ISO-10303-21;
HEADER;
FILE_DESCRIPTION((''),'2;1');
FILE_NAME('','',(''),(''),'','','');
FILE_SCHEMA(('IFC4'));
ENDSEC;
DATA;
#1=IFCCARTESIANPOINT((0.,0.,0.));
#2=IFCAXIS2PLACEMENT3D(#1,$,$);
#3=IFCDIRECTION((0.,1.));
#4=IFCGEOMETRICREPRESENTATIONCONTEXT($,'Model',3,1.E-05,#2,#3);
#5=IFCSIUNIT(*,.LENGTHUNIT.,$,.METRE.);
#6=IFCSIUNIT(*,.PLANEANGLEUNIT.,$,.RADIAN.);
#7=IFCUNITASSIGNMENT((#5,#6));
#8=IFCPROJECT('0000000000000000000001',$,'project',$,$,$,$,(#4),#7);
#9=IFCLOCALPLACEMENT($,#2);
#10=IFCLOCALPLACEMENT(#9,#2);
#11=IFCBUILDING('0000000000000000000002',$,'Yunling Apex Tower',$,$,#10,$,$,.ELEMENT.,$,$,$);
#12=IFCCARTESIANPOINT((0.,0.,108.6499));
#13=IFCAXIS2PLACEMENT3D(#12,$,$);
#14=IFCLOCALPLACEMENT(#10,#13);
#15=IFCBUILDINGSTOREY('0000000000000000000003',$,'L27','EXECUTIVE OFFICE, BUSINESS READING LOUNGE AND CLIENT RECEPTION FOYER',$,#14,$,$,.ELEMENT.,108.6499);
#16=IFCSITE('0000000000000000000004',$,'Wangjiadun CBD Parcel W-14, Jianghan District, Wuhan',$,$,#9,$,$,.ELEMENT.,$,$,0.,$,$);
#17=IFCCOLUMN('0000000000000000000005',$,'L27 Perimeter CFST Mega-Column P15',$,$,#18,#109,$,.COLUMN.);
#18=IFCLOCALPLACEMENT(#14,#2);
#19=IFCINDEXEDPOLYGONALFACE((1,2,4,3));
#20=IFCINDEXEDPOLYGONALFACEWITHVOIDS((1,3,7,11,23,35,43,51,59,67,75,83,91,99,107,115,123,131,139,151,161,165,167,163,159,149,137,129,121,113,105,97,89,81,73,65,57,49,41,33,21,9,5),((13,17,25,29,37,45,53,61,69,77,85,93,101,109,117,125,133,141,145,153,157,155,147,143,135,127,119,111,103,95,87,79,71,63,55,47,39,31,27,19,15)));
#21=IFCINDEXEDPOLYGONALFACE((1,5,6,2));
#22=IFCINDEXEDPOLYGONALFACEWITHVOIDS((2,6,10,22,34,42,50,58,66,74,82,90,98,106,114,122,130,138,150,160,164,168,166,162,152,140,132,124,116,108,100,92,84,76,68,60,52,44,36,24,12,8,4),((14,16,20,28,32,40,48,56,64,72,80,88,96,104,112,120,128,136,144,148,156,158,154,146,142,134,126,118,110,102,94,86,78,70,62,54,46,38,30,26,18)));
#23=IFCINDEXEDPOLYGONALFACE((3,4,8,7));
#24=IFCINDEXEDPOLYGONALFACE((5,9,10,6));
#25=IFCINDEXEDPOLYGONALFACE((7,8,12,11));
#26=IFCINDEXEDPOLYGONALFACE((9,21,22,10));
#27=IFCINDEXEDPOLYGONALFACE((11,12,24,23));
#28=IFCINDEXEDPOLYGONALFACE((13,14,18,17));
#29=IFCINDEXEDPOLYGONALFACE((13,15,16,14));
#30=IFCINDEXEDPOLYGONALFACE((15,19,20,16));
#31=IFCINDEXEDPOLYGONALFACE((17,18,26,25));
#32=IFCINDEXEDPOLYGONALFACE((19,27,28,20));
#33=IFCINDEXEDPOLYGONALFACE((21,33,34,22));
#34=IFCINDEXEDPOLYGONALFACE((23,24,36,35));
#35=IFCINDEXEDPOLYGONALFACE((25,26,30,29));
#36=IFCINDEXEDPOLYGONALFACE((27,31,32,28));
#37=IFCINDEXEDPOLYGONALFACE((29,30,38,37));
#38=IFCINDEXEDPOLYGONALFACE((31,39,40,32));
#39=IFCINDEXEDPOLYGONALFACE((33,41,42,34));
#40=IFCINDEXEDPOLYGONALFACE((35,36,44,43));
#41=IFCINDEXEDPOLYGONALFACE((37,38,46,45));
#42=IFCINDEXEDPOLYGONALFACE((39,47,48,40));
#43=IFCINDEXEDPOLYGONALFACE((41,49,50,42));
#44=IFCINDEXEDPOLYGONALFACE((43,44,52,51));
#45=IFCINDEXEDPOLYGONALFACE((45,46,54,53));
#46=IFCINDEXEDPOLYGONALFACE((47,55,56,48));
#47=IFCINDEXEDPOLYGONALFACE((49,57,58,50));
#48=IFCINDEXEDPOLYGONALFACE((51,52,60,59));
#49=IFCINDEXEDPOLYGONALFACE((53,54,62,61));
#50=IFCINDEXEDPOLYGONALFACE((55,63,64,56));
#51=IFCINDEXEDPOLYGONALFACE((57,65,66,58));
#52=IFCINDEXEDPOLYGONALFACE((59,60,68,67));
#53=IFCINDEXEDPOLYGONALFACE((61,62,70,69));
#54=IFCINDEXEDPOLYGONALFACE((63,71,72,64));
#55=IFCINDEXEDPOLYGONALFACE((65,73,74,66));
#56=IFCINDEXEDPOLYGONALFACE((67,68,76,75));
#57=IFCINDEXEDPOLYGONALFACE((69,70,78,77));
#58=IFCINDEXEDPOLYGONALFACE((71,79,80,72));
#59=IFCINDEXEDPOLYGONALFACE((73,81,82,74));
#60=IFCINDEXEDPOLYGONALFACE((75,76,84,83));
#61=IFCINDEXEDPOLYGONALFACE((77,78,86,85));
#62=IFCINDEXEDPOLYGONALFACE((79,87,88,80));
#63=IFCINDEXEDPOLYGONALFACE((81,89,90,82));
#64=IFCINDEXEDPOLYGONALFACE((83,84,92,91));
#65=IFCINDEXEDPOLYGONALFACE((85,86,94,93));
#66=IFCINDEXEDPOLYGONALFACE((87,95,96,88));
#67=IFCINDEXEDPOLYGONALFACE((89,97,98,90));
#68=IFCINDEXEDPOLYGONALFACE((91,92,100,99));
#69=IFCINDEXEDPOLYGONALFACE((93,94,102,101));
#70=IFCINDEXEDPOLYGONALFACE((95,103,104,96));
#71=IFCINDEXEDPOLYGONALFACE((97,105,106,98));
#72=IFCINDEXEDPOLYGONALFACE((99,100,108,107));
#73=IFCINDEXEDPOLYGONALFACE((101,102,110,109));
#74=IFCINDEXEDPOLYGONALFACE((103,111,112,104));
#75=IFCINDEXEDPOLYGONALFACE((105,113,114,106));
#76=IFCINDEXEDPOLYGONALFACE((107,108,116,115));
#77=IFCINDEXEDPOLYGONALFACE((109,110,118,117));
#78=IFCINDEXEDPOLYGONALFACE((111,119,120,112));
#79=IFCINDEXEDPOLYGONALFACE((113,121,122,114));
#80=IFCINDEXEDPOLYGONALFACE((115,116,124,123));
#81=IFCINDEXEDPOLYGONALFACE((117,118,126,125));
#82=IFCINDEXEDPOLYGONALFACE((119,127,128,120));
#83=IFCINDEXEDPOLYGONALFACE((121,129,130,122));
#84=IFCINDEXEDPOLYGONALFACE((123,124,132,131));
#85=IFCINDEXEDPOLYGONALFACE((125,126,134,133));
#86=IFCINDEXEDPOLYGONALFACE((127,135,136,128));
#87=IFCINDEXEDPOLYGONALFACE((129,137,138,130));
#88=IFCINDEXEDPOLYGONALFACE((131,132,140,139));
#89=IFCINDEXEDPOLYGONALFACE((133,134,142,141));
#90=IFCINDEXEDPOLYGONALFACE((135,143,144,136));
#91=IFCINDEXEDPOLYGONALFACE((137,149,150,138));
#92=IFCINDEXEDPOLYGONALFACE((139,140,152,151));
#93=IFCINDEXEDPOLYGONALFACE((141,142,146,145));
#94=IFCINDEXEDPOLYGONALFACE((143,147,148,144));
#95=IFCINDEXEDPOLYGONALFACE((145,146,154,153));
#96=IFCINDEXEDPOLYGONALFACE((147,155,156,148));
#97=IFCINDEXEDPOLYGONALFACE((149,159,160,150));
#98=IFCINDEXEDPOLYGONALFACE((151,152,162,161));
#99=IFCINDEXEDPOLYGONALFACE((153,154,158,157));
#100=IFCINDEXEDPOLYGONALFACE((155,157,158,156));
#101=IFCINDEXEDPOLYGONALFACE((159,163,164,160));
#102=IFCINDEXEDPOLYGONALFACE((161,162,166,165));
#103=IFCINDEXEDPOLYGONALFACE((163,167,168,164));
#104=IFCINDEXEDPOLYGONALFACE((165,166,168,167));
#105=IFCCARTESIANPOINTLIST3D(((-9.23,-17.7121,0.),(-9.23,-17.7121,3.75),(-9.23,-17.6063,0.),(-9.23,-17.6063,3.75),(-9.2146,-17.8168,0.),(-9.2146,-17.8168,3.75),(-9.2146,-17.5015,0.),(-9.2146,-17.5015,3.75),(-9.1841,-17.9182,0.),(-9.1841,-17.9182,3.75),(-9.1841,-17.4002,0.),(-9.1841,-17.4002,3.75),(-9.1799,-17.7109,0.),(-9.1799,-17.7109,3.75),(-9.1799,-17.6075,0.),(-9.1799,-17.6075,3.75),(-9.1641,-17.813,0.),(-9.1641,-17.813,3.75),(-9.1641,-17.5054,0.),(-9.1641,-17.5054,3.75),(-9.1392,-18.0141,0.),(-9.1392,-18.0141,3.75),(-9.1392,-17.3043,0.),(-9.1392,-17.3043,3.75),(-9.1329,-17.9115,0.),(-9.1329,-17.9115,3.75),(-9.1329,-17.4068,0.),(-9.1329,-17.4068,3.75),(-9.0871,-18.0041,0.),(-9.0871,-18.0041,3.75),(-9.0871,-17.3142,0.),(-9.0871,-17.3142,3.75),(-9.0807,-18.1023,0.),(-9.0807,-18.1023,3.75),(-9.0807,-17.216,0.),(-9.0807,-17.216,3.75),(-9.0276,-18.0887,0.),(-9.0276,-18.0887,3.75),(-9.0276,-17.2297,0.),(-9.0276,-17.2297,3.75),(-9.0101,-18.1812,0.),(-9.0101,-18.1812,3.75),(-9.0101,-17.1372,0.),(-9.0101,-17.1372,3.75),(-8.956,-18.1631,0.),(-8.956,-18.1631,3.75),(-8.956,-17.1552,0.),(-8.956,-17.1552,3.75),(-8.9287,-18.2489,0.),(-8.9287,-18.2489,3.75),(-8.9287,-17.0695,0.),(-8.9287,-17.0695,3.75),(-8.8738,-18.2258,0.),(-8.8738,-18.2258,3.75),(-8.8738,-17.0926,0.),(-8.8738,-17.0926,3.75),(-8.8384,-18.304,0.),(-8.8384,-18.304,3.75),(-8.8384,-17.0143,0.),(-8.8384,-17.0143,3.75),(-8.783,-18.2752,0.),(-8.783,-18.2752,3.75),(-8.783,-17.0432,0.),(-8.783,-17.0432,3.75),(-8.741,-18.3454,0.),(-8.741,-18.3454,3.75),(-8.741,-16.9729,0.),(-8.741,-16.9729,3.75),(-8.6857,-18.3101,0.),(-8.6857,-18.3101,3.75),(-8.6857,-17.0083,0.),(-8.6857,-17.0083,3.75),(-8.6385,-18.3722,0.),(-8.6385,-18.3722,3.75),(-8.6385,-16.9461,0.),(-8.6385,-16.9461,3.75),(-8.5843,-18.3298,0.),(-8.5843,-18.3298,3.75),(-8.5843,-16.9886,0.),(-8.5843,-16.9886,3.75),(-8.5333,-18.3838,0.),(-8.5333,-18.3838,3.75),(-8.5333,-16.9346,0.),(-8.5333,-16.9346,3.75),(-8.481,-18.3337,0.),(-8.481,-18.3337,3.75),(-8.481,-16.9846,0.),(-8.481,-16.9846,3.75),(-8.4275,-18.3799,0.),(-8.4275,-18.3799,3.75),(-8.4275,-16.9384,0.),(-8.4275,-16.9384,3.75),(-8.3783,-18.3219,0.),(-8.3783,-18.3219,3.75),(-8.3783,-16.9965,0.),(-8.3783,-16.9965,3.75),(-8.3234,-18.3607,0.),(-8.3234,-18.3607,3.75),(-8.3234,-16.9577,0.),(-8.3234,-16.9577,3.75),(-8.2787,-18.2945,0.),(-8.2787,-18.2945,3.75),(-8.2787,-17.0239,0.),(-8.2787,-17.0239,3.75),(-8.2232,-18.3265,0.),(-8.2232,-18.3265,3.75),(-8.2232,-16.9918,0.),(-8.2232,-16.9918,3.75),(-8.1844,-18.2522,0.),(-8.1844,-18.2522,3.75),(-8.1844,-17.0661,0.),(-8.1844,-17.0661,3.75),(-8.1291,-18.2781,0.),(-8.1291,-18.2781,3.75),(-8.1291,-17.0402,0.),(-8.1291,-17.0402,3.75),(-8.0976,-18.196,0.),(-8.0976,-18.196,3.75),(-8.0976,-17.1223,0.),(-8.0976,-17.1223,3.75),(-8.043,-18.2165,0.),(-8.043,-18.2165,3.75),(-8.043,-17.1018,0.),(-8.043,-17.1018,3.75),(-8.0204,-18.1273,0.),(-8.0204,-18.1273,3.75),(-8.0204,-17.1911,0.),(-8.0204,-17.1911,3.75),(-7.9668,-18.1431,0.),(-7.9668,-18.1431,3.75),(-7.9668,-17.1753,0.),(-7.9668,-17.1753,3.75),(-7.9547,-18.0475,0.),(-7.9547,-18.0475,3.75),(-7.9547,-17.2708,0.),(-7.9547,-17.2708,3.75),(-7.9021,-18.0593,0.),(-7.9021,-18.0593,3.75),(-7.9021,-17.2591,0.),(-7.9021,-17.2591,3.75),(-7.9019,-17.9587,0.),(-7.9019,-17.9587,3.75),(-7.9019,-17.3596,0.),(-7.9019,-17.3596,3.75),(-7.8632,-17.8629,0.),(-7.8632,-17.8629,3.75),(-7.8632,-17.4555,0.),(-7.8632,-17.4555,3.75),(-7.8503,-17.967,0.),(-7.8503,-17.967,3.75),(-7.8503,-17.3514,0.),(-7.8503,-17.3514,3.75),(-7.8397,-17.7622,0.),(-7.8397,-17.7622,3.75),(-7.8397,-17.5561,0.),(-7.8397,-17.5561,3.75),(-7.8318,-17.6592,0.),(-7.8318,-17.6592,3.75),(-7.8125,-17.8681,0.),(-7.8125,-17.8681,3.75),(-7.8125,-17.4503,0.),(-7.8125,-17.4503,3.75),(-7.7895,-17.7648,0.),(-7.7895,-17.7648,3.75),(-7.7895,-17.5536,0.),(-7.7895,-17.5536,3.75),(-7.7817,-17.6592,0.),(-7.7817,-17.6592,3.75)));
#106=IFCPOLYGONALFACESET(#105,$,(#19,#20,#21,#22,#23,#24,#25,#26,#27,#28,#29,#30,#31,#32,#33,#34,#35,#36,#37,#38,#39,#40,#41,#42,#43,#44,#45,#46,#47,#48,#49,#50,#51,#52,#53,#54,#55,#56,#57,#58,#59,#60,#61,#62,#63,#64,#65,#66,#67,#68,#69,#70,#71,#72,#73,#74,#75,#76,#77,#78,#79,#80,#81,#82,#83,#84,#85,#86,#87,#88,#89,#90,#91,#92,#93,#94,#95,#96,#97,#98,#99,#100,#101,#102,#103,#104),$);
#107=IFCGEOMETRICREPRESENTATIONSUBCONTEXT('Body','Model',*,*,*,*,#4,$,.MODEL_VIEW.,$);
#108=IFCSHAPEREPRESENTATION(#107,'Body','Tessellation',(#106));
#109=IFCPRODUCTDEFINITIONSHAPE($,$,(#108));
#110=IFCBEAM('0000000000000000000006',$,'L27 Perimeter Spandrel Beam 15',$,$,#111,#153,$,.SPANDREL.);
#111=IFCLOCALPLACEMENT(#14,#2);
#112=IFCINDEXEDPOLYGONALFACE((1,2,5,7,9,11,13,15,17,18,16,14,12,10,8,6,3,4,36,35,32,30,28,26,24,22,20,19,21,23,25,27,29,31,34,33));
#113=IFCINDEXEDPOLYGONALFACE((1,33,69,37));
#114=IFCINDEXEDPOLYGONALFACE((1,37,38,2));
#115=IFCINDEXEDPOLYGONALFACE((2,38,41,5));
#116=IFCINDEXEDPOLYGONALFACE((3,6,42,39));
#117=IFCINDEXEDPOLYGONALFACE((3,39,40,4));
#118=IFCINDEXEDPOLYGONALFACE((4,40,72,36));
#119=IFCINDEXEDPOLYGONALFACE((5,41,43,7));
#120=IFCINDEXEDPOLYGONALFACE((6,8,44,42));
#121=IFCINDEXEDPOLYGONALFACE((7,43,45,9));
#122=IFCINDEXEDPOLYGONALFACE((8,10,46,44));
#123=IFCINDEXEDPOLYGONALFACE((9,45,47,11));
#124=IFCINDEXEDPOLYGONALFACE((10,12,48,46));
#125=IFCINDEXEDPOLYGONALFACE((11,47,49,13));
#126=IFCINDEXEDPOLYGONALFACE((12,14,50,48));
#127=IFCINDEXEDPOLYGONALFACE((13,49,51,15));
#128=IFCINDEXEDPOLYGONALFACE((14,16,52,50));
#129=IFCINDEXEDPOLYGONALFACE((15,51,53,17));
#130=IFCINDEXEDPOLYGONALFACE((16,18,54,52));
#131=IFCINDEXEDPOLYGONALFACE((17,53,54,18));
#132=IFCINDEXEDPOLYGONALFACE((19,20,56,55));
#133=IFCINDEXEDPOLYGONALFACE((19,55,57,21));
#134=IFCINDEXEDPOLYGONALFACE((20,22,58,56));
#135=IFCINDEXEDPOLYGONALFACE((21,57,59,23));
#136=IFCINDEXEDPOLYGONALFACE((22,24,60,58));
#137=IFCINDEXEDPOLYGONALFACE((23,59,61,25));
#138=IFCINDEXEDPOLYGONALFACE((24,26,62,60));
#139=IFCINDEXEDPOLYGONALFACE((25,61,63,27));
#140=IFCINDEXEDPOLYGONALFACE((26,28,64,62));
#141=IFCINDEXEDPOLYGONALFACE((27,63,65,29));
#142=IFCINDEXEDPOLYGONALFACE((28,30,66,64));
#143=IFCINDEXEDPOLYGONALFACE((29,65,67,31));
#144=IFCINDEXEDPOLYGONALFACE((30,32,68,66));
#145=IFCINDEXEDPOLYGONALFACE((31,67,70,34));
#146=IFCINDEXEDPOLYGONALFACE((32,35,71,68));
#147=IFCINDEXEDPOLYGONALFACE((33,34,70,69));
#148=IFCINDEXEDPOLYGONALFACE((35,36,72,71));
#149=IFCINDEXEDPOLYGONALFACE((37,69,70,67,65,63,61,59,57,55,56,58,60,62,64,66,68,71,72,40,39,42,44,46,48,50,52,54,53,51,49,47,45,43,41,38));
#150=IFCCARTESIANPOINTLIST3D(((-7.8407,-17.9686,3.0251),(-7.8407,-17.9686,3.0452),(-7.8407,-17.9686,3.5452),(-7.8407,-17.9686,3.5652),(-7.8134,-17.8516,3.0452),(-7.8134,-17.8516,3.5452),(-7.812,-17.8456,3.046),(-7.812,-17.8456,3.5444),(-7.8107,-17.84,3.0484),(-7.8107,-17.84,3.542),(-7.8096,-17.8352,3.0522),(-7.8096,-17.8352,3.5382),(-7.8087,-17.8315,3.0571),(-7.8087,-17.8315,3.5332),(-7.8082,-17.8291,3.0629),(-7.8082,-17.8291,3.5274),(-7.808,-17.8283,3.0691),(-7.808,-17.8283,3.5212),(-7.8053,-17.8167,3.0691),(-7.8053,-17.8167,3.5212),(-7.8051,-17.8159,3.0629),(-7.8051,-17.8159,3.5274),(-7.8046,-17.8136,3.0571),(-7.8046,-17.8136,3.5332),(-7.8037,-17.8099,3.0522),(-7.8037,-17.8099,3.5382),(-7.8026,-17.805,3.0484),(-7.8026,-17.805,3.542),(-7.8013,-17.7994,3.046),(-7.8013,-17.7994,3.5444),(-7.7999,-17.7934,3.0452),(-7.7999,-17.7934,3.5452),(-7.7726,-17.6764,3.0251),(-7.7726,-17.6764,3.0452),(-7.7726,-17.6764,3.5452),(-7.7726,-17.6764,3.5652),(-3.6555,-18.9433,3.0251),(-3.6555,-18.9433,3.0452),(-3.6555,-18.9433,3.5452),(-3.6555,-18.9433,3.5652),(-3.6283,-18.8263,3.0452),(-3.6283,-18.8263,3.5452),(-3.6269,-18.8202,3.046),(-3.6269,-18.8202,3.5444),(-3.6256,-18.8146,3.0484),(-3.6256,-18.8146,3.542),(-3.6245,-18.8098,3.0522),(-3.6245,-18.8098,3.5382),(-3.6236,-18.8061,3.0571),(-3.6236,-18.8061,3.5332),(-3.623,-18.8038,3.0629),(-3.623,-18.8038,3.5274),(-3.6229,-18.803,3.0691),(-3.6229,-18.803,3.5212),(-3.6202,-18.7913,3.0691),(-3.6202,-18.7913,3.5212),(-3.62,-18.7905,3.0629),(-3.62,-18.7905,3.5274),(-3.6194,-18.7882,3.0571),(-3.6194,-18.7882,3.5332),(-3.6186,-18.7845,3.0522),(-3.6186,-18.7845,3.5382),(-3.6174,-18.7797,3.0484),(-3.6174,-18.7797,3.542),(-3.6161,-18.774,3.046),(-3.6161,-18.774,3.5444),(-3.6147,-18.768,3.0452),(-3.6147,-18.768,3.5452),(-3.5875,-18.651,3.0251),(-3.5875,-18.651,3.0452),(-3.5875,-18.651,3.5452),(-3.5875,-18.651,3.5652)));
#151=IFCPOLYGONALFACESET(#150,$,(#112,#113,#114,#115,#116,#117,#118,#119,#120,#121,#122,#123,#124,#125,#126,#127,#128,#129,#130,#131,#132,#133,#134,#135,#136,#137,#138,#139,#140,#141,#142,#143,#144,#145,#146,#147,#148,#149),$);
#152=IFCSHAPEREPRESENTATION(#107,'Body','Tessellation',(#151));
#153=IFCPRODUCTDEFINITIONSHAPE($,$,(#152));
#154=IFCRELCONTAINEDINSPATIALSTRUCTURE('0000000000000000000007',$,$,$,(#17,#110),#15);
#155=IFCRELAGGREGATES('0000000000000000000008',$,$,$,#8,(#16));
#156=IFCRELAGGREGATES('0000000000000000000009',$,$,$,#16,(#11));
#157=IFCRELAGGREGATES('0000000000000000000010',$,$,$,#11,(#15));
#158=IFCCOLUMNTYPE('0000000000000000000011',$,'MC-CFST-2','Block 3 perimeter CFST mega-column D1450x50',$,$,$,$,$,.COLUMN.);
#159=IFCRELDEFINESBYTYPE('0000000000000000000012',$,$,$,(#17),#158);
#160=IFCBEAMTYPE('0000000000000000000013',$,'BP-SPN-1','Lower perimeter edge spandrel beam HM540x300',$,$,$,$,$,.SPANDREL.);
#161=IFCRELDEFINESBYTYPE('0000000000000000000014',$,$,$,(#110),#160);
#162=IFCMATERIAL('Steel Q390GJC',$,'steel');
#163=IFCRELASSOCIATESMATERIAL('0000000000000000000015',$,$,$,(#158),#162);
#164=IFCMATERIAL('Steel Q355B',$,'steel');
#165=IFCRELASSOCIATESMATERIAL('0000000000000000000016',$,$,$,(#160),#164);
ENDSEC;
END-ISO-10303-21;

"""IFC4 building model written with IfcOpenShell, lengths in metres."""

from ifc_helpers import new_model, si_unit, direction, frame, origin, origin_2d, place, context, subcontext, project, spatial, hollow_circle, i_section, extrude, source, transform, mapped, material, material_profile, profile_set, type_object, element, save


model = new_model("IFC4")

# Units and contexts
model_context = context("Model", 3, precision=1e-05, world=origin(), true_north=direction((0.0, 1.0)))
body_context = subcontext(model_context, "Body", "Model", "MODEL_VIEW")
ifc_project = project(units=[si_unit("LENGTHUNIT", "METRE"), si_unit("PLANEANGLEUNIT", "RADIAN")], contexts=[model_context])

# Site, building, storey
site_placement = place(None, origin())
site = spatial("IfcSite", under=ifc_project, at=site_placement, Name="Wangjiadun CBD Parcel W-14, Jianghan District, Wuhan", CompositionType="ELEMENT", RefElevation=0.0)
building_placement = place(site_placement, origin())
building = spatial("IfcBuilding", under=site, at=building_placement, Name="Yunling Apex Tower", CompositionType="ELEMENT")
storey_placement = place(building_placement, frame((0.0, 0.0, 108.6499)))
storey = spatial("IfcBuildingStorey", under=building, at=storey_placement, Name="L27", Description="EXECUTIVE OFFICE, BUSINESS READING LOUNGE AND CLIENT RECEPTION FOYER", CompositionType="ELEMENT", Elevation=108.6499)

# Column
ifc_material_1 = material(Name="Steel Q390GJC", Category="steel")
ifc_material_profile_1 = material_profile(ifc_material_1, hollow_circle(Radius=0.7251, WallThickness=0.05, at=origin_2d()))
ifc_profile_set_1 = profile_set([ifc_material_profile_1], Name="Steel Q390GJC")
column_type = type_object("IfcColumnType", Name="MC-CFST-2", Description="Block 3 perimeter CFST mega-column D1450x50", PredefinedType="COLUMN", material=ifc_profile_set_1)
shared_shape_1 = source(origin(), body_context, "Body", "SweptSolid", [
    extrude(hollow_circle(Radius=0.7251, WallThickness=0.05, at=origin_2d()), origin(), (0.0, 0.0, 1.0), 3.75),
])
column_placement = place(storey_placement, frame((-8.5068, -17.6592, 0.0), z_axis=(0.0, 0.0, 1.0), x_axis=(1.0, 0.0, 0.0)))
element("IfcColumn", 1, at=column_placement, inside=storey, type_object=column_type, Name="L27 Perimeter CFST Mega-Column P15", PredefinedType="COLUMN", context=body_context, shape_type="MappedRepresentation", body=[
    mapped(shared_shape_1, transform((0.0, 0.0, 0.0), scale=1.0)),
])

# Beam
ifc_material_2 = material(Name="Steel Q355B", Category="steel")
ifc_material_profile_2 = material_profile(ifc_material_2, i_section(OverallWidth=0.3, OverallDepth=0.54, WebThickness=0.012, FlangeThickness=0.02, FilletRadius=0.0239, at=origin_2d()))
ifc_profile_set_2 = profile_set([ifc_material_profile_2], Name="Steel Q355B")
beam_type_1 = type_object("IfcBeamType", Name="BP-SPN-1", Description="Lower perimeter edge spandrel beam HM540x300", PredefinedType="SPANDREL", material=ifc_profile_set_2)
shared_shape_2 = source(origin(), body_context, "Body", "SweptSolid", [
    extrude(i_section(OverallWidth=0.3, OverallDepth=0.54, WebThickness=0.012, FlangeThickness=0.02, FilletRadius=0.0239, at=origin_2d()), origin(), (0.0, 0.0, 1.0), 4.2971),
])
beam_1_placement = place(storey_placement, frame((-7.8066, -17.8225, 3.2952), z_axis=(0.973939, -0.226809, 0.0), x_axis=(0.226809, 0.973939, 0.0)))
element("IfcBeam", 2, at=beam_1_placement, inside=storey, type_object=beam_type_1, Name="L27 Perimeter Spandrel Beam 15", PredefinedType="SPANDREL", context=body_context, shape_type="MappedRepresentation", body=[
    mapped(shared_shape_2, transform((0.0, 0.0, 0.0), scale=1.0)),
])

save(model, "model.ifc")
